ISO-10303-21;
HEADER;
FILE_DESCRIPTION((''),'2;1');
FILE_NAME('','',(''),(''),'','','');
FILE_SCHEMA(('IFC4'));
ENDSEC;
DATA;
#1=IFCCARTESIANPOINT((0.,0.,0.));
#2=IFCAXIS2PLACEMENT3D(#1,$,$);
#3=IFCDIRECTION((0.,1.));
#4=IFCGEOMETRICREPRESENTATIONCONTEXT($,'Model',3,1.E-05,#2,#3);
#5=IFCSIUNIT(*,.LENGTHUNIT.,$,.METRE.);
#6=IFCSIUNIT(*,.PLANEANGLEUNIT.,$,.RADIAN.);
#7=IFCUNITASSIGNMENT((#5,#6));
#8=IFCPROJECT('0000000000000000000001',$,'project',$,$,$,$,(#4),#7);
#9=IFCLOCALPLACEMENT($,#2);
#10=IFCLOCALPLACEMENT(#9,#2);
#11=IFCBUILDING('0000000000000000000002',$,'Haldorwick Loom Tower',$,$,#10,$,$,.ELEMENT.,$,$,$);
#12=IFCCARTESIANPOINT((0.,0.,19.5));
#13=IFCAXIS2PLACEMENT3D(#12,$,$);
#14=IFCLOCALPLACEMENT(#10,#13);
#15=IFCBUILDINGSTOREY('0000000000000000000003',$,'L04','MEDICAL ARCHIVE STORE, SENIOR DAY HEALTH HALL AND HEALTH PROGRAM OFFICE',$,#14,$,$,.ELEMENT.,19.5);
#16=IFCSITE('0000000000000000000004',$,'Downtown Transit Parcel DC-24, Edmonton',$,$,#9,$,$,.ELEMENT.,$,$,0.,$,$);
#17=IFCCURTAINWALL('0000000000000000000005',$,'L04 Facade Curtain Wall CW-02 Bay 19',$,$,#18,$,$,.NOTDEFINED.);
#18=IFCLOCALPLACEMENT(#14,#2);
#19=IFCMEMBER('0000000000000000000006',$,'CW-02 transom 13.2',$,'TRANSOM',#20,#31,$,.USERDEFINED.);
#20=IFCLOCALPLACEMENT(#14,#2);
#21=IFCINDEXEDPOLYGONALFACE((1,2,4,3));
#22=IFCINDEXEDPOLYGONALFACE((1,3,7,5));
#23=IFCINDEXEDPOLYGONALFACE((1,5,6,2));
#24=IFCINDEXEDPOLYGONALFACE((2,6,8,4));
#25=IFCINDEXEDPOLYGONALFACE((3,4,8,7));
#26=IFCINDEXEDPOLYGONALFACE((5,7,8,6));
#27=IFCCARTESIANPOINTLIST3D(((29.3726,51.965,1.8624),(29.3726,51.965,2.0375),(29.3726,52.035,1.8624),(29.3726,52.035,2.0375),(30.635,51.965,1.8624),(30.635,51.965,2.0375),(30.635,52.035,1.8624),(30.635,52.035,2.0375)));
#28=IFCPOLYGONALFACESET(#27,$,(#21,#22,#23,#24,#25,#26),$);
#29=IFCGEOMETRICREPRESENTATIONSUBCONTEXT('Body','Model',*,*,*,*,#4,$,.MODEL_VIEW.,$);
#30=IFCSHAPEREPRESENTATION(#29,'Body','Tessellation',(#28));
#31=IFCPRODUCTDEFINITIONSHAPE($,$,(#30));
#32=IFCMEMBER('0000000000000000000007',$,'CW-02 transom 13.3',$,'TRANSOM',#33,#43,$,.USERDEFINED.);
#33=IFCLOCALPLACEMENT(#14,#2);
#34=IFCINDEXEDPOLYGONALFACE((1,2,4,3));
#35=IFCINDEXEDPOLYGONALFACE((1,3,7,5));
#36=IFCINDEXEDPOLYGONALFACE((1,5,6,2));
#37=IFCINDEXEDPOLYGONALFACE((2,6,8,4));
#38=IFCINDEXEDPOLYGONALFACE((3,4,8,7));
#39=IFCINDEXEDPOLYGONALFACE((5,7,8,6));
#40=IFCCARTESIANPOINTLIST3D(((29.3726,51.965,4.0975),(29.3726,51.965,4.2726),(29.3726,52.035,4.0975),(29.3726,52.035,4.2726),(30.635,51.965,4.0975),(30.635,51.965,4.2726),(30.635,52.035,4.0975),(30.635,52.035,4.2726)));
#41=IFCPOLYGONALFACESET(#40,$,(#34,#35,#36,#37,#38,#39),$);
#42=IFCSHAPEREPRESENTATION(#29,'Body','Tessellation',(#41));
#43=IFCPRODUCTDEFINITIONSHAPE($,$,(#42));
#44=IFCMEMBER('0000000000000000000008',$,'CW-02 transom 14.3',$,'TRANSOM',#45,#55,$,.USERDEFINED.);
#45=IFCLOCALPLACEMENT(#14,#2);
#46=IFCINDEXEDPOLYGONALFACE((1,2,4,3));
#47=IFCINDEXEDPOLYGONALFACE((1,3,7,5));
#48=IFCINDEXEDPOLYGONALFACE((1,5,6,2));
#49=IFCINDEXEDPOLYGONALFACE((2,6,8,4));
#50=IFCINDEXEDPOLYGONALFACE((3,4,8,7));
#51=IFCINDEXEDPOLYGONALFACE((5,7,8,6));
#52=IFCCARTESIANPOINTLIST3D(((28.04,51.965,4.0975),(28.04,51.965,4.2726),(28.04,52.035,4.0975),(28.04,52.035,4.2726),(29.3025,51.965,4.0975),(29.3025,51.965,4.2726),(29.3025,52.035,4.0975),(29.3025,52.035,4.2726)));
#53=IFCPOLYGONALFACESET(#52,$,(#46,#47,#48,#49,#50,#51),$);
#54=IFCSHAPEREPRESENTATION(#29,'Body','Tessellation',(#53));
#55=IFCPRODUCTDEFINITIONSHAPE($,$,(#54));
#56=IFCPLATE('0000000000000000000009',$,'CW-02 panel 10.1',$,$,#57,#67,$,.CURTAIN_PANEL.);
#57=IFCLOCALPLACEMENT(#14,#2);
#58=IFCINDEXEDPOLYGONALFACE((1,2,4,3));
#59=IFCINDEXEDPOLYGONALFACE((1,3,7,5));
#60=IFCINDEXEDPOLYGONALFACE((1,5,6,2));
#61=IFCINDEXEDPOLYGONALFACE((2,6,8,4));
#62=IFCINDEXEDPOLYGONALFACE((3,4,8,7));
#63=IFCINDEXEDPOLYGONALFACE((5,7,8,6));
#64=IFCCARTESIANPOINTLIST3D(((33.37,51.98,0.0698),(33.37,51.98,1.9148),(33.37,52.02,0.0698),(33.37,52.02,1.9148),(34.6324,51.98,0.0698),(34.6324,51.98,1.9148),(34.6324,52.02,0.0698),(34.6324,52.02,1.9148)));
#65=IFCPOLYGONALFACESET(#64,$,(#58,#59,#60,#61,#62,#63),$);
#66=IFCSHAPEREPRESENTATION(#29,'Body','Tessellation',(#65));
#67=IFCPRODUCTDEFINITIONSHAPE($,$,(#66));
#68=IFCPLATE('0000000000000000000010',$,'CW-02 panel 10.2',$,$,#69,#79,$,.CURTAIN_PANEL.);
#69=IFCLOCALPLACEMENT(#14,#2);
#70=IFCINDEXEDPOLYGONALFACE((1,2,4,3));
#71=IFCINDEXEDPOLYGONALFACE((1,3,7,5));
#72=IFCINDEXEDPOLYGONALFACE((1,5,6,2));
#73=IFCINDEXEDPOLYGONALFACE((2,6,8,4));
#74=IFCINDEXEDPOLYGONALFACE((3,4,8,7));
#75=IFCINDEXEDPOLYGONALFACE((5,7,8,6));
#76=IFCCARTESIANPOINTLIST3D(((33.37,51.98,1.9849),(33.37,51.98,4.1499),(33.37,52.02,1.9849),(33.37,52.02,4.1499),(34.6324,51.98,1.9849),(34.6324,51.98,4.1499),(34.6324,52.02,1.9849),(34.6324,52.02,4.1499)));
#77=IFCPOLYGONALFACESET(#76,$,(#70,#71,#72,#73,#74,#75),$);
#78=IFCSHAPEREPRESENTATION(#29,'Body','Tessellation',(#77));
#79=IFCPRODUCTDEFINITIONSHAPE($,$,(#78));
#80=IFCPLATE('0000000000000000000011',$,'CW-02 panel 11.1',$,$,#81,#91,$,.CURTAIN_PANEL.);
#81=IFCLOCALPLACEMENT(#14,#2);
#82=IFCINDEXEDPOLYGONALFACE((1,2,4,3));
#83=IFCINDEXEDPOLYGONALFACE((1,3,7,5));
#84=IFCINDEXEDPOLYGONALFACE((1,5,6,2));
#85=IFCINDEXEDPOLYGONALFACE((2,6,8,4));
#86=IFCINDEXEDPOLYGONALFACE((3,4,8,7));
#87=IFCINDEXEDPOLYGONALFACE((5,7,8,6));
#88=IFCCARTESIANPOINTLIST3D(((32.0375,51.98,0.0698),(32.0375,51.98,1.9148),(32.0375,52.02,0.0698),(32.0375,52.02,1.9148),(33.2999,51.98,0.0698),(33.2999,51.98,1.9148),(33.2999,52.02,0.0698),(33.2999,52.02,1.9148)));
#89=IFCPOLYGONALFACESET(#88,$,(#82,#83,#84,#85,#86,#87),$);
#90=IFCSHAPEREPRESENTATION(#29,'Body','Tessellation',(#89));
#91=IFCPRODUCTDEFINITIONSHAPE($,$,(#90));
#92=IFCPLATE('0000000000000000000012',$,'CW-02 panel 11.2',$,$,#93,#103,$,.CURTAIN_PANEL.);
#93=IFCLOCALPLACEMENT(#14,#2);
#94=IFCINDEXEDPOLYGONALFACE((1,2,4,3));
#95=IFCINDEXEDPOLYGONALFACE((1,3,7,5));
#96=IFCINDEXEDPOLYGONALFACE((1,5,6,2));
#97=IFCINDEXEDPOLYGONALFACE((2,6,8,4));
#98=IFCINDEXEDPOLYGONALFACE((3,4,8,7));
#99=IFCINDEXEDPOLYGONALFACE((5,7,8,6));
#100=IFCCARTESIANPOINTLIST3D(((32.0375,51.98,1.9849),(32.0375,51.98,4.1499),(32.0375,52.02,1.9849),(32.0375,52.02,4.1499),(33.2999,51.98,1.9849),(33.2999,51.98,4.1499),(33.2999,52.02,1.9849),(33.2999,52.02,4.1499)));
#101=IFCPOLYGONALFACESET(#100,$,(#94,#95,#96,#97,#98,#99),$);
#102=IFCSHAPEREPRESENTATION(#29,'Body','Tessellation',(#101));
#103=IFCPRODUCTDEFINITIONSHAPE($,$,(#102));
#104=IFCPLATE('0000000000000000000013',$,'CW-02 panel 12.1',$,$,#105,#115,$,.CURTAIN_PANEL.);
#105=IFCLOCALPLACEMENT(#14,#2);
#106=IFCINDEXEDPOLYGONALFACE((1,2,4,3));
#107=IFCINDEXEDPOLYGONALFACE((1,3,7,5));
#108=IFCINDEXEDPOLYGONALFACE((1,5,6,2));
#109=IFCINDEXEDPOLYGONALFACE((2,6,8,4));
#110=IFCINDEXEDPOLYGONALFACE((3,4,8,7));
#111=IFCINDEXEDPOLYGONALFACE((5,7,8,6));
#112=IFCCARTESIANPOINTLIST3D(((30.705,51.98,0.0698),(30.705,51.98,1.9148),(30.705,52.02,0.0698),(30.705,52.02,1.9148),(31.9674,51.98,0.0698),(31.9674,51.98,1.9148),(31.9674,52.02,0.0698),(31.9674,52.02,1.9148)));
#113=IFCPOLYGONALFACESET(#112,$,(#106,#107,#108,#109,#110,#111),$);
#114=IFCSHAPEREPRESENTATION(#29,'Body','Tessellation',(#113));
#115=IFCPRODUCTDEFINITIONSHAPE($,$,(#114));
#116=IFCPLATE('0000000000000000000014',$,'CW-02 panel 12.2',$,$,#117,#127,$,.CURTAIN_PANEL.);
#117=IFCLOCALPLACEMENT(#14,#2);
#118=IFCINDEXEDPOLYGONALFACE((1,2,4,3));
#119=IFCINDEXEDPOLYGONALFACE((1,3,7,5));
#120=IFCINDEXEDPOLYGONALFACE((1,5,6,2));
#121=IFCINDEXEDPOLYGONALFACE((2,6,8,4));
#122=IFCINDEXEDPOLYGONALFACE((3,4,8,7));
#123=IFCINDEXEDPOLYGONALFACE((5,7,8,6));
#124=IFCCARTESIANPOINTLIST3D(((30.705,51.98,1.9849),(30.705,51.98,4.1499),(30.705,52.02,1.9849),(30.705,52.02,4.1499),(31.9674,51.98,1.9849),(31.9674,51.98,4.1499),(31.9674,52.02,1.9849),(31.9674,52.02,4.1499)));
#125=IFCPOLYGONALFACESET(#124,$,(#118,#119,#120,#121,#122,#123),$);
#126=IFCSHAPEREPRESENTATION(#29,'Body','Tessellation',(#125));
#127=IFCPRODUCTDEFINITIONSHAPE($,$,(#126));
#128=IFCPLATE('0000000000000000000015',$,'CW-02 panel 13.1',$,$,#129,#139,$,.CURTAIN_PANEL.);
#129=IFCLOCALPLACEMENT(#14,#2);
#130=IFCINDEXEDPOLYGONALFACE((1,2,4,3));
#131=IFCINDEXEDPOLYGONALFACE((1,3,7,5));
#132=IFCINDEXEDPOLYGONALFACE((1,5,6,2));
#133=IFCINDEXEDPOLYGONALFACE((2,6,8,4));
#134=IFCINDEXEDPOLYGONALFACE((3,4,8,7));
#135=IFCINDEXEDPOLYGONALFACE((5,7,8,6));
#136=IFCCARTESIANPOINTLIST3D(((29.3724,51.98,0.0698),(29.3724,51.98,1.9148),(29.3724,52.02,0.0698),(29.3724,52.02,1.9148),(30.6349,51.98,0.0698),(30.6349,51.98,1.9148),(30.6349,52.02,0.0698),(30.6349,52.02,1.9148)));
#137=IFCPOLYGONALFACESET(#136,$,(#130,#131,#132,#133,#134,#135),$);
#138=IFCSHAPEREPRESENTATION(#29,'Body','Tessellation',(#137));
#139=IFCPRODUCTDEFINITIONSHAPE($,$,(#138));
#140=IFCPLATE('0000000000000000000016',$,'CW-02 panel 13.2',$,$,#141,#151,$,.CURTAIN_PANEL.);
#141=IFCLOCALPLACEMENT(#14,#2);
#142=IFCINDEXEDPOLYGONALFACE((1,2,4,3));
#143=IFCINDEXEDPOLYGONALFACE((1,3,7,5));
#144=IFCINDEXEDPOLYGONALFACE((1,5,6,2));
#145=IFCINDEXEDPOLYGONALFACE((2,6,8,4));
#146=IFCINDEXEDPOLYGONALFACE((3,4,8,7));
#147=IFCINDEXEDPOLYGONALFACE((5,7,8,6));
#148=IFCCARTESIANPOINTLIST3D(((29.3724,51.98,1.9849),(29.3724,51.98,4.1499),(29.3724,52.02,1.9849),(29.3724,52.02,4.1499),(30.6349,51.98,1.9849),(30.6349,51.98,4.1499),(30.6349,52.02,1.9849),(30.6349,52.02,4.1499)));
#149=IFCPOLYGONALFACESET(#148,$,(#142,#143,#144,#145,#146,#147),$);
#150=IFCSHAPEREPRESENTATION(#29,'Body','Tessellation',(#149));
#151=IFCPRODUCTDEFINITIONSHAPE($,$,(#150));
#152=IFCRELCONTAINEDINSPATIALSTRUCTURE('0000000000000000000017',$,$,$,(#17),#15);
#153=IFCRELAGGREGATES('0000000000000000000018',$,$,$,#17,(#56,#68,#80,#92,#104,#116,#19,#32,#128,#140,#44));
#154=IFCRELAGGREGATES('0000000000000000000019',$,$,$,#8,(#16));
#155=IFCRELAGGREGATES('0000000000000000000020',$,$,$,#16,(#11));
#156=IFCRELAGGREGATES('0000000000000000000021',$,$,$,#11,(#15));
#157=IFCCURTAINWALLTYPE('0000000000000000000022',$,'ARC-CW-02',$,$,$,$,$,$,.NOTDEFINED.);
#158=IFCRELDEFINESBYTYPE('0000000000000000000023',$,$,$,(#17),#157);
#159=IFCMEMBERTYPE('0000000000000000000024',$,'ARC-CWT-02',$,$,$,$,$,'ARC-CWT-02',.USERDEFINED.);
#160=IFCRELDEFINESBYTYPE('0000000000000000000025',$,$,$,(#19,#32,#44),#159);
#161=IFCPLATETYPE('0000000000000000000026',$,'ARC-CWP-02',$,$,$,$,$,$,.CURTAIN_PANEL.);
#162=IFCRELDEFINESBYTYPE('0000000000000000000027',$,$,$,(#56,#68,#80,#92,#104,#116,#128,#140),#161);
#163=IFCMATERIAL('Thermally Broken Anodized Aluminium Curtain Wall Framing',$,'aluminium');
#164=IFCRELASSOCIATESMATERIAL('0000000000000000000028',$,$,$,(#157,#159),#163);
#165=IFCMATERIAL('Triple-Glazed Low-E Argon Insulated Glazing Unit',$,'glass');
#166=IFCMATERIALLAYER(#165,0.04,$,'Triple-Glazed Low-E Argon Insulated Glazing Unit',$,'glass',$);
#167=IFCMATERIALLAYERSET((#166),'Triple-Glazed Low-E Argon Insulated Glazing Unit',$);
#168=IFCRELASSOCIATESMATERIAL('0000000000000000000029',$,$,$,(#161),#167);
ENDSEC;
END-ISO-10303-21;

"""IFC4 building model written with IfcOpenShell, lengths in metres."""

from ifc_helpers import new_model, si_unit, direction, frame, origin, origin_2d, place, context, subcontext, project, spatial, rectangle, extrude, material, layer, layer_set, material_profile, profile_set, type_object, element, aggregate, save


model = new_model("IFC4")

# Units and contexts
model_context = context("Model", 3, precision=1e-05, world=origin(), true_north=direction((0.0, 1.0)))
body_context = subcontext(model_context, "Body", "Model", "MODEL_VIEW")
ifc_project = project(units=[si_unit("LENGTHUNIT", "METRE"), si_unit("PLANEANGLEUNIT", "RADIAN")], contexts=[model_context])

# Site, building, storey
site_placement = place(None, origin())
site = spatial("IfcSite", under=ifc_project, at=site_placement, Name="Downtown Transit Parcel DC-24, Edmonton", CompositionType="ELEMENT", RefElevation=0.0)
building_placement = place(site_placement, origin())
building = spatial("IfcBuilding", under=site, at=building_placement, Name="Haldorwick Loom Tower", CompositionType="ELEMENT")
storey_placement = place(building_placement, frame((0.0, 0.0, 19.5)))
storey = spatial("IfcBuildingStorey", under=building, at=storey_placement, Name="L04", Description="MEDICAL ARCHIVE STORE, SENIOR DAY HEALTH HALL AND HEALTH PROGRAM OFFICE", CompositionType="ELEMENT", Elevation=19.5)

# Curtain wall, members, plates
ifc_material_1 = material(Name="Thermally Broken Anodized Aluminium Curtain Wall Framing", Category="aluminium")
curtain_wall_type = type_object("IfcCurtainWallType", Name="ARC-CW-02", PredefinedType="NOTDEFINED", material=ifc_material_1)
curtain_wall_placement = place(storey_placement, origin())
curtain_wall = element("IfcCurtainWall", 1, at=curtain_wall_placement, inside=storey, type_object=curtain_wall_type, Name="L04 Facade Curtain Wall CW-02 Bay 19", PredefinedType="NOTDEFINED")
ifc_material_profile_1 = material_profile(ifc_material_1, rectangle(XDim=0.0701, YDim=0.175, at=origin_2d()), Name="ALU_TRN_70X175", Category="aluminium")
ifc_profile_set_1 = profile_set([ifc_material_profile_1], Name="Thermally Broken Anodized Aluminium Curtain Wall Framing")
member_type_1 = type_object("IfcMemberType", Name="ARC-CWT-02", ElementType="ARC-CWT-02", PredefinedType="USERDEFINED", material=ifc_profile_set_1)
member_1_placement = place(storey_placement, frame((30.635, 52.0, 1.95), z_axis=(-1.0, 0.0, 0.0), x_axis=(0.0, -1.0, 0.0)))
member_1 = element("IfcMember", 2, at=member_1_placement, type_object=member_type_1, Name="CW-02 transom 13.2", ObjectType="TRANSOM", PredefinedType="USERDEFINED", context=body_context, shape_type="SweptSolid", body=[
    extrude(rectangle(XDim=0.0701, YDim=0.175, at=origin_2d()), origin(), (0.0, 0.0, 1.0), 1.2625),
])
member_2_placement = place(storey_placement, frame((30.635, 52.0, 4.1851), z_axis=(-1.0, 0.0, 0.0), x_axis=(0.0, -1.0, 0.0)))
member_2 = element("IfcMember", 3, at=member_2_placement, type_object=member_type_1, Name="CW-02 transom 13.3", ObjectType="TRANSOM", PredefinedType="USERDEFINED", context=body_context, shape_type="SweptSolid", body=[
    extrude(rectangle(XDim=0.0701, YDim=0.175, at=origin_2d()), origin(), (0.0, 0.0, 1.0), 1.2625),
])
member_3_placement = place(storey_placement, frame((29.3025, 52.0, 4.1851), z_axis=(-1.0, 0.0, 0.0), x_axis=(0.0, -1.0, 0.0)))
member_3 = element("IfcMember", 4, at=member_3_placement, type_object=member_type_1, Name="CW-02 transom 14.3", ObjectType="TRANSOM", PredefinedType="USERDEFINED", context=body_context, shape_type="SweptSolid", body=[
    extrude(rectangle(XDim=0.0701, YDim=0.175, at=origin_2d()), origin(), (0.0, 0.0, 1.0), 1.2625),
])
ifc_material_2 = material(Name="Triple-Glazed Low-E Argon Insulated Glazing Unit", Category="glass")
ifc_layer = layer(ifc_material_2, 0.04, Name="Triple-Glazed Low-E Argon Insulated Glazing Unit", Category="glass")
ifc_layer_set = layer_set([ifc_layer], Name="Triple-Glazed Low-E Argon Insulated Glazing Unit")
plate_type = type_object("IfcPlateType", Name="ARC-CWP-02", PredefinedType="CURTAIN_PANEL", material=ifc_layer_set)
plate_1_placement = place(storey_placement, frame((34.0012, 52.0, 0.0698), z_axis=(0.0, 0.0, 1.0), x_axis=(-1.0, 0.0, 0.0)))
plate_1 = element("IfcPlate", 5, at=plate_1_placement, type_object=plate_type, Name="CW-02 panel 10.1", PredefinedType="CURTAIN_PANEL", context=body_context, shape_type="SweptSolid", body=[
    extrude(rectangle(XDim=1.2625, YDim=0.04, at=origin_2d()), origin(), (0.0, 0.0, 1.0), 1.845),
])
plate_2_placement = place(storey_placement, frame((34.0012, 52.0, 1.9849), z_axis=(0.0, 0.0, 1.0), x_axis=(-1.0, 0.0, 0.0)))
plate_2 = element("IfcPlate", 6, at=plate_2_placement, type_object=plate_type, Name="CW-02 panel 10.2", PredefinedType="CURTAIN_PANEL", context=body_context, shape_type="SweptSolid", body=[
    extrude(rectangle(XDim=1.2625, YDim=0.04, at=origin_2d()), origin(), (0.0, 0.0, 1.0), 2.165),
])
plate_3_placement = place(storey_placement, frame((32.6687, 52.0, 0.0698), z_axis=(0.0, 0.0, 1.0), x_axis=(-1.0, 0.0, 0.0)))
plate_3 = element("IfcPlate", 7, at=plate_3_placement, type_object=plate_type, Name="CW-02 panel 11.1", PredefinedType="CURTAIN_PANEL", context=body_context, shape_type="SweptSolid", body=[
    extrude(rectangle(XDim=1.2625, YDim=0.04, at=origin_2d()), origin(), (0.0, 0.0, 1.0), 1.845),
])
plate_4_placement = place(storey_placement, frame((32.6687, 52.0, 1.9849), z_axis=(0.0, 0.0, 1.0), x_axis=(-1.0, 0.0, 0.0)))
plate_4 = element("IfcPlate", 8, at=plate_4_placement, type_object=plate_type, Name="CW-02 panel 11.2", PredefinedType="CURTAIN_PANEL", context=body_context, shape_type="SweptSolid", body=[
    extrude(rectangle(XDim=1.2625, YDim=0.04, at=origin_2d()), origin(), (0.0, 0.0, 1.0), 2.165),
])
plate_5_placement = place(storey_placement, frame((31.3362, 52.0, 0.0698), z_axis=(0.0, 0.0, 1.0), x_axis=(-1.0, 0.0, 0.0)))
plate_5 = element("IfcPlate", 9, at=plate_5_placement, type_object=plate_type, Name="CW-02 panel 12.1", PredefinedType="CURTAIN_PANEL", context=body_context, shape_type="SweptSolid", body=[
    extrude(rectangle(XDim=1.2625, YDim=0.04, at=origin_2d()), origin(), (0.0, 0.0, 1.0), 1.845),
])
plate_6_placement = place(storey_placement, frame((31.3362, 52.0, 1.9849), z_axis=(0.0, 0.0, 1.0), x_axis=(-1.0, 0.0, 0.0)))
plate_6 = element("IfcPlate", 10, at=plate_6_placement, type_object=plate_type, Name="CW-02 panel 12.2", PredefinedType="CURTAIN_PANEL", context=body_context, shape_type="SweptSolid", body=[
    extrude(rectangle(XDim=1.2625, YDim=0.04, at=origin_2d()), origin(), (0.0, 0.0, 1.0), 2.165),
])
plate_7_placement = place(storey_placement, frame((30.0037, 52.0, 0.0698), z_axis=(0.0, 0.0, 1.0), x_axis=(-1.0, 0.0, 0.0)))
plate_7 = element("IfcPlate", 11, at=plate_7_placement, type_object=plate_type, Name="CW-02 panel 13.1", PredefinedType="CURTAIN_PANEL", context=body_context, shape_type="SweptSolid", body=[
    extrude(rectangle(XDim=1.2625, YDim=0.04, at=origin_2d()), origin(), (0.0, 0.0, 1.0), 1.845),
])
plate_8_placement = place(storey_placement, frame((30.0037, 52.0, 1.9849), z_axis=(0.0, 0.0, 1.0), x_axis=(-1.0, 0.0, 0.0)))
plate_8 = element("IfcPlate", 12, at=plate_8_placement, type_object=plate_type, Name="CW-02 panel 13.2", PredefinedType="CURTAIN_PANEL", context=body_context, shape_type="SweptSolid", body=[
    extrude(rectangle(XDim=1.2625, YDim=0.04, at=origin_2d()), origin(), (0.0, 0.0, 1.0), 2.165),
])
aggregate(curtain_wall, [plate_1, plate_2, plate_3, plate_4, plate_5, plate_6, member_1, member_2, plate_7, plate_8, member_3])

save(model, "model.ifc")
